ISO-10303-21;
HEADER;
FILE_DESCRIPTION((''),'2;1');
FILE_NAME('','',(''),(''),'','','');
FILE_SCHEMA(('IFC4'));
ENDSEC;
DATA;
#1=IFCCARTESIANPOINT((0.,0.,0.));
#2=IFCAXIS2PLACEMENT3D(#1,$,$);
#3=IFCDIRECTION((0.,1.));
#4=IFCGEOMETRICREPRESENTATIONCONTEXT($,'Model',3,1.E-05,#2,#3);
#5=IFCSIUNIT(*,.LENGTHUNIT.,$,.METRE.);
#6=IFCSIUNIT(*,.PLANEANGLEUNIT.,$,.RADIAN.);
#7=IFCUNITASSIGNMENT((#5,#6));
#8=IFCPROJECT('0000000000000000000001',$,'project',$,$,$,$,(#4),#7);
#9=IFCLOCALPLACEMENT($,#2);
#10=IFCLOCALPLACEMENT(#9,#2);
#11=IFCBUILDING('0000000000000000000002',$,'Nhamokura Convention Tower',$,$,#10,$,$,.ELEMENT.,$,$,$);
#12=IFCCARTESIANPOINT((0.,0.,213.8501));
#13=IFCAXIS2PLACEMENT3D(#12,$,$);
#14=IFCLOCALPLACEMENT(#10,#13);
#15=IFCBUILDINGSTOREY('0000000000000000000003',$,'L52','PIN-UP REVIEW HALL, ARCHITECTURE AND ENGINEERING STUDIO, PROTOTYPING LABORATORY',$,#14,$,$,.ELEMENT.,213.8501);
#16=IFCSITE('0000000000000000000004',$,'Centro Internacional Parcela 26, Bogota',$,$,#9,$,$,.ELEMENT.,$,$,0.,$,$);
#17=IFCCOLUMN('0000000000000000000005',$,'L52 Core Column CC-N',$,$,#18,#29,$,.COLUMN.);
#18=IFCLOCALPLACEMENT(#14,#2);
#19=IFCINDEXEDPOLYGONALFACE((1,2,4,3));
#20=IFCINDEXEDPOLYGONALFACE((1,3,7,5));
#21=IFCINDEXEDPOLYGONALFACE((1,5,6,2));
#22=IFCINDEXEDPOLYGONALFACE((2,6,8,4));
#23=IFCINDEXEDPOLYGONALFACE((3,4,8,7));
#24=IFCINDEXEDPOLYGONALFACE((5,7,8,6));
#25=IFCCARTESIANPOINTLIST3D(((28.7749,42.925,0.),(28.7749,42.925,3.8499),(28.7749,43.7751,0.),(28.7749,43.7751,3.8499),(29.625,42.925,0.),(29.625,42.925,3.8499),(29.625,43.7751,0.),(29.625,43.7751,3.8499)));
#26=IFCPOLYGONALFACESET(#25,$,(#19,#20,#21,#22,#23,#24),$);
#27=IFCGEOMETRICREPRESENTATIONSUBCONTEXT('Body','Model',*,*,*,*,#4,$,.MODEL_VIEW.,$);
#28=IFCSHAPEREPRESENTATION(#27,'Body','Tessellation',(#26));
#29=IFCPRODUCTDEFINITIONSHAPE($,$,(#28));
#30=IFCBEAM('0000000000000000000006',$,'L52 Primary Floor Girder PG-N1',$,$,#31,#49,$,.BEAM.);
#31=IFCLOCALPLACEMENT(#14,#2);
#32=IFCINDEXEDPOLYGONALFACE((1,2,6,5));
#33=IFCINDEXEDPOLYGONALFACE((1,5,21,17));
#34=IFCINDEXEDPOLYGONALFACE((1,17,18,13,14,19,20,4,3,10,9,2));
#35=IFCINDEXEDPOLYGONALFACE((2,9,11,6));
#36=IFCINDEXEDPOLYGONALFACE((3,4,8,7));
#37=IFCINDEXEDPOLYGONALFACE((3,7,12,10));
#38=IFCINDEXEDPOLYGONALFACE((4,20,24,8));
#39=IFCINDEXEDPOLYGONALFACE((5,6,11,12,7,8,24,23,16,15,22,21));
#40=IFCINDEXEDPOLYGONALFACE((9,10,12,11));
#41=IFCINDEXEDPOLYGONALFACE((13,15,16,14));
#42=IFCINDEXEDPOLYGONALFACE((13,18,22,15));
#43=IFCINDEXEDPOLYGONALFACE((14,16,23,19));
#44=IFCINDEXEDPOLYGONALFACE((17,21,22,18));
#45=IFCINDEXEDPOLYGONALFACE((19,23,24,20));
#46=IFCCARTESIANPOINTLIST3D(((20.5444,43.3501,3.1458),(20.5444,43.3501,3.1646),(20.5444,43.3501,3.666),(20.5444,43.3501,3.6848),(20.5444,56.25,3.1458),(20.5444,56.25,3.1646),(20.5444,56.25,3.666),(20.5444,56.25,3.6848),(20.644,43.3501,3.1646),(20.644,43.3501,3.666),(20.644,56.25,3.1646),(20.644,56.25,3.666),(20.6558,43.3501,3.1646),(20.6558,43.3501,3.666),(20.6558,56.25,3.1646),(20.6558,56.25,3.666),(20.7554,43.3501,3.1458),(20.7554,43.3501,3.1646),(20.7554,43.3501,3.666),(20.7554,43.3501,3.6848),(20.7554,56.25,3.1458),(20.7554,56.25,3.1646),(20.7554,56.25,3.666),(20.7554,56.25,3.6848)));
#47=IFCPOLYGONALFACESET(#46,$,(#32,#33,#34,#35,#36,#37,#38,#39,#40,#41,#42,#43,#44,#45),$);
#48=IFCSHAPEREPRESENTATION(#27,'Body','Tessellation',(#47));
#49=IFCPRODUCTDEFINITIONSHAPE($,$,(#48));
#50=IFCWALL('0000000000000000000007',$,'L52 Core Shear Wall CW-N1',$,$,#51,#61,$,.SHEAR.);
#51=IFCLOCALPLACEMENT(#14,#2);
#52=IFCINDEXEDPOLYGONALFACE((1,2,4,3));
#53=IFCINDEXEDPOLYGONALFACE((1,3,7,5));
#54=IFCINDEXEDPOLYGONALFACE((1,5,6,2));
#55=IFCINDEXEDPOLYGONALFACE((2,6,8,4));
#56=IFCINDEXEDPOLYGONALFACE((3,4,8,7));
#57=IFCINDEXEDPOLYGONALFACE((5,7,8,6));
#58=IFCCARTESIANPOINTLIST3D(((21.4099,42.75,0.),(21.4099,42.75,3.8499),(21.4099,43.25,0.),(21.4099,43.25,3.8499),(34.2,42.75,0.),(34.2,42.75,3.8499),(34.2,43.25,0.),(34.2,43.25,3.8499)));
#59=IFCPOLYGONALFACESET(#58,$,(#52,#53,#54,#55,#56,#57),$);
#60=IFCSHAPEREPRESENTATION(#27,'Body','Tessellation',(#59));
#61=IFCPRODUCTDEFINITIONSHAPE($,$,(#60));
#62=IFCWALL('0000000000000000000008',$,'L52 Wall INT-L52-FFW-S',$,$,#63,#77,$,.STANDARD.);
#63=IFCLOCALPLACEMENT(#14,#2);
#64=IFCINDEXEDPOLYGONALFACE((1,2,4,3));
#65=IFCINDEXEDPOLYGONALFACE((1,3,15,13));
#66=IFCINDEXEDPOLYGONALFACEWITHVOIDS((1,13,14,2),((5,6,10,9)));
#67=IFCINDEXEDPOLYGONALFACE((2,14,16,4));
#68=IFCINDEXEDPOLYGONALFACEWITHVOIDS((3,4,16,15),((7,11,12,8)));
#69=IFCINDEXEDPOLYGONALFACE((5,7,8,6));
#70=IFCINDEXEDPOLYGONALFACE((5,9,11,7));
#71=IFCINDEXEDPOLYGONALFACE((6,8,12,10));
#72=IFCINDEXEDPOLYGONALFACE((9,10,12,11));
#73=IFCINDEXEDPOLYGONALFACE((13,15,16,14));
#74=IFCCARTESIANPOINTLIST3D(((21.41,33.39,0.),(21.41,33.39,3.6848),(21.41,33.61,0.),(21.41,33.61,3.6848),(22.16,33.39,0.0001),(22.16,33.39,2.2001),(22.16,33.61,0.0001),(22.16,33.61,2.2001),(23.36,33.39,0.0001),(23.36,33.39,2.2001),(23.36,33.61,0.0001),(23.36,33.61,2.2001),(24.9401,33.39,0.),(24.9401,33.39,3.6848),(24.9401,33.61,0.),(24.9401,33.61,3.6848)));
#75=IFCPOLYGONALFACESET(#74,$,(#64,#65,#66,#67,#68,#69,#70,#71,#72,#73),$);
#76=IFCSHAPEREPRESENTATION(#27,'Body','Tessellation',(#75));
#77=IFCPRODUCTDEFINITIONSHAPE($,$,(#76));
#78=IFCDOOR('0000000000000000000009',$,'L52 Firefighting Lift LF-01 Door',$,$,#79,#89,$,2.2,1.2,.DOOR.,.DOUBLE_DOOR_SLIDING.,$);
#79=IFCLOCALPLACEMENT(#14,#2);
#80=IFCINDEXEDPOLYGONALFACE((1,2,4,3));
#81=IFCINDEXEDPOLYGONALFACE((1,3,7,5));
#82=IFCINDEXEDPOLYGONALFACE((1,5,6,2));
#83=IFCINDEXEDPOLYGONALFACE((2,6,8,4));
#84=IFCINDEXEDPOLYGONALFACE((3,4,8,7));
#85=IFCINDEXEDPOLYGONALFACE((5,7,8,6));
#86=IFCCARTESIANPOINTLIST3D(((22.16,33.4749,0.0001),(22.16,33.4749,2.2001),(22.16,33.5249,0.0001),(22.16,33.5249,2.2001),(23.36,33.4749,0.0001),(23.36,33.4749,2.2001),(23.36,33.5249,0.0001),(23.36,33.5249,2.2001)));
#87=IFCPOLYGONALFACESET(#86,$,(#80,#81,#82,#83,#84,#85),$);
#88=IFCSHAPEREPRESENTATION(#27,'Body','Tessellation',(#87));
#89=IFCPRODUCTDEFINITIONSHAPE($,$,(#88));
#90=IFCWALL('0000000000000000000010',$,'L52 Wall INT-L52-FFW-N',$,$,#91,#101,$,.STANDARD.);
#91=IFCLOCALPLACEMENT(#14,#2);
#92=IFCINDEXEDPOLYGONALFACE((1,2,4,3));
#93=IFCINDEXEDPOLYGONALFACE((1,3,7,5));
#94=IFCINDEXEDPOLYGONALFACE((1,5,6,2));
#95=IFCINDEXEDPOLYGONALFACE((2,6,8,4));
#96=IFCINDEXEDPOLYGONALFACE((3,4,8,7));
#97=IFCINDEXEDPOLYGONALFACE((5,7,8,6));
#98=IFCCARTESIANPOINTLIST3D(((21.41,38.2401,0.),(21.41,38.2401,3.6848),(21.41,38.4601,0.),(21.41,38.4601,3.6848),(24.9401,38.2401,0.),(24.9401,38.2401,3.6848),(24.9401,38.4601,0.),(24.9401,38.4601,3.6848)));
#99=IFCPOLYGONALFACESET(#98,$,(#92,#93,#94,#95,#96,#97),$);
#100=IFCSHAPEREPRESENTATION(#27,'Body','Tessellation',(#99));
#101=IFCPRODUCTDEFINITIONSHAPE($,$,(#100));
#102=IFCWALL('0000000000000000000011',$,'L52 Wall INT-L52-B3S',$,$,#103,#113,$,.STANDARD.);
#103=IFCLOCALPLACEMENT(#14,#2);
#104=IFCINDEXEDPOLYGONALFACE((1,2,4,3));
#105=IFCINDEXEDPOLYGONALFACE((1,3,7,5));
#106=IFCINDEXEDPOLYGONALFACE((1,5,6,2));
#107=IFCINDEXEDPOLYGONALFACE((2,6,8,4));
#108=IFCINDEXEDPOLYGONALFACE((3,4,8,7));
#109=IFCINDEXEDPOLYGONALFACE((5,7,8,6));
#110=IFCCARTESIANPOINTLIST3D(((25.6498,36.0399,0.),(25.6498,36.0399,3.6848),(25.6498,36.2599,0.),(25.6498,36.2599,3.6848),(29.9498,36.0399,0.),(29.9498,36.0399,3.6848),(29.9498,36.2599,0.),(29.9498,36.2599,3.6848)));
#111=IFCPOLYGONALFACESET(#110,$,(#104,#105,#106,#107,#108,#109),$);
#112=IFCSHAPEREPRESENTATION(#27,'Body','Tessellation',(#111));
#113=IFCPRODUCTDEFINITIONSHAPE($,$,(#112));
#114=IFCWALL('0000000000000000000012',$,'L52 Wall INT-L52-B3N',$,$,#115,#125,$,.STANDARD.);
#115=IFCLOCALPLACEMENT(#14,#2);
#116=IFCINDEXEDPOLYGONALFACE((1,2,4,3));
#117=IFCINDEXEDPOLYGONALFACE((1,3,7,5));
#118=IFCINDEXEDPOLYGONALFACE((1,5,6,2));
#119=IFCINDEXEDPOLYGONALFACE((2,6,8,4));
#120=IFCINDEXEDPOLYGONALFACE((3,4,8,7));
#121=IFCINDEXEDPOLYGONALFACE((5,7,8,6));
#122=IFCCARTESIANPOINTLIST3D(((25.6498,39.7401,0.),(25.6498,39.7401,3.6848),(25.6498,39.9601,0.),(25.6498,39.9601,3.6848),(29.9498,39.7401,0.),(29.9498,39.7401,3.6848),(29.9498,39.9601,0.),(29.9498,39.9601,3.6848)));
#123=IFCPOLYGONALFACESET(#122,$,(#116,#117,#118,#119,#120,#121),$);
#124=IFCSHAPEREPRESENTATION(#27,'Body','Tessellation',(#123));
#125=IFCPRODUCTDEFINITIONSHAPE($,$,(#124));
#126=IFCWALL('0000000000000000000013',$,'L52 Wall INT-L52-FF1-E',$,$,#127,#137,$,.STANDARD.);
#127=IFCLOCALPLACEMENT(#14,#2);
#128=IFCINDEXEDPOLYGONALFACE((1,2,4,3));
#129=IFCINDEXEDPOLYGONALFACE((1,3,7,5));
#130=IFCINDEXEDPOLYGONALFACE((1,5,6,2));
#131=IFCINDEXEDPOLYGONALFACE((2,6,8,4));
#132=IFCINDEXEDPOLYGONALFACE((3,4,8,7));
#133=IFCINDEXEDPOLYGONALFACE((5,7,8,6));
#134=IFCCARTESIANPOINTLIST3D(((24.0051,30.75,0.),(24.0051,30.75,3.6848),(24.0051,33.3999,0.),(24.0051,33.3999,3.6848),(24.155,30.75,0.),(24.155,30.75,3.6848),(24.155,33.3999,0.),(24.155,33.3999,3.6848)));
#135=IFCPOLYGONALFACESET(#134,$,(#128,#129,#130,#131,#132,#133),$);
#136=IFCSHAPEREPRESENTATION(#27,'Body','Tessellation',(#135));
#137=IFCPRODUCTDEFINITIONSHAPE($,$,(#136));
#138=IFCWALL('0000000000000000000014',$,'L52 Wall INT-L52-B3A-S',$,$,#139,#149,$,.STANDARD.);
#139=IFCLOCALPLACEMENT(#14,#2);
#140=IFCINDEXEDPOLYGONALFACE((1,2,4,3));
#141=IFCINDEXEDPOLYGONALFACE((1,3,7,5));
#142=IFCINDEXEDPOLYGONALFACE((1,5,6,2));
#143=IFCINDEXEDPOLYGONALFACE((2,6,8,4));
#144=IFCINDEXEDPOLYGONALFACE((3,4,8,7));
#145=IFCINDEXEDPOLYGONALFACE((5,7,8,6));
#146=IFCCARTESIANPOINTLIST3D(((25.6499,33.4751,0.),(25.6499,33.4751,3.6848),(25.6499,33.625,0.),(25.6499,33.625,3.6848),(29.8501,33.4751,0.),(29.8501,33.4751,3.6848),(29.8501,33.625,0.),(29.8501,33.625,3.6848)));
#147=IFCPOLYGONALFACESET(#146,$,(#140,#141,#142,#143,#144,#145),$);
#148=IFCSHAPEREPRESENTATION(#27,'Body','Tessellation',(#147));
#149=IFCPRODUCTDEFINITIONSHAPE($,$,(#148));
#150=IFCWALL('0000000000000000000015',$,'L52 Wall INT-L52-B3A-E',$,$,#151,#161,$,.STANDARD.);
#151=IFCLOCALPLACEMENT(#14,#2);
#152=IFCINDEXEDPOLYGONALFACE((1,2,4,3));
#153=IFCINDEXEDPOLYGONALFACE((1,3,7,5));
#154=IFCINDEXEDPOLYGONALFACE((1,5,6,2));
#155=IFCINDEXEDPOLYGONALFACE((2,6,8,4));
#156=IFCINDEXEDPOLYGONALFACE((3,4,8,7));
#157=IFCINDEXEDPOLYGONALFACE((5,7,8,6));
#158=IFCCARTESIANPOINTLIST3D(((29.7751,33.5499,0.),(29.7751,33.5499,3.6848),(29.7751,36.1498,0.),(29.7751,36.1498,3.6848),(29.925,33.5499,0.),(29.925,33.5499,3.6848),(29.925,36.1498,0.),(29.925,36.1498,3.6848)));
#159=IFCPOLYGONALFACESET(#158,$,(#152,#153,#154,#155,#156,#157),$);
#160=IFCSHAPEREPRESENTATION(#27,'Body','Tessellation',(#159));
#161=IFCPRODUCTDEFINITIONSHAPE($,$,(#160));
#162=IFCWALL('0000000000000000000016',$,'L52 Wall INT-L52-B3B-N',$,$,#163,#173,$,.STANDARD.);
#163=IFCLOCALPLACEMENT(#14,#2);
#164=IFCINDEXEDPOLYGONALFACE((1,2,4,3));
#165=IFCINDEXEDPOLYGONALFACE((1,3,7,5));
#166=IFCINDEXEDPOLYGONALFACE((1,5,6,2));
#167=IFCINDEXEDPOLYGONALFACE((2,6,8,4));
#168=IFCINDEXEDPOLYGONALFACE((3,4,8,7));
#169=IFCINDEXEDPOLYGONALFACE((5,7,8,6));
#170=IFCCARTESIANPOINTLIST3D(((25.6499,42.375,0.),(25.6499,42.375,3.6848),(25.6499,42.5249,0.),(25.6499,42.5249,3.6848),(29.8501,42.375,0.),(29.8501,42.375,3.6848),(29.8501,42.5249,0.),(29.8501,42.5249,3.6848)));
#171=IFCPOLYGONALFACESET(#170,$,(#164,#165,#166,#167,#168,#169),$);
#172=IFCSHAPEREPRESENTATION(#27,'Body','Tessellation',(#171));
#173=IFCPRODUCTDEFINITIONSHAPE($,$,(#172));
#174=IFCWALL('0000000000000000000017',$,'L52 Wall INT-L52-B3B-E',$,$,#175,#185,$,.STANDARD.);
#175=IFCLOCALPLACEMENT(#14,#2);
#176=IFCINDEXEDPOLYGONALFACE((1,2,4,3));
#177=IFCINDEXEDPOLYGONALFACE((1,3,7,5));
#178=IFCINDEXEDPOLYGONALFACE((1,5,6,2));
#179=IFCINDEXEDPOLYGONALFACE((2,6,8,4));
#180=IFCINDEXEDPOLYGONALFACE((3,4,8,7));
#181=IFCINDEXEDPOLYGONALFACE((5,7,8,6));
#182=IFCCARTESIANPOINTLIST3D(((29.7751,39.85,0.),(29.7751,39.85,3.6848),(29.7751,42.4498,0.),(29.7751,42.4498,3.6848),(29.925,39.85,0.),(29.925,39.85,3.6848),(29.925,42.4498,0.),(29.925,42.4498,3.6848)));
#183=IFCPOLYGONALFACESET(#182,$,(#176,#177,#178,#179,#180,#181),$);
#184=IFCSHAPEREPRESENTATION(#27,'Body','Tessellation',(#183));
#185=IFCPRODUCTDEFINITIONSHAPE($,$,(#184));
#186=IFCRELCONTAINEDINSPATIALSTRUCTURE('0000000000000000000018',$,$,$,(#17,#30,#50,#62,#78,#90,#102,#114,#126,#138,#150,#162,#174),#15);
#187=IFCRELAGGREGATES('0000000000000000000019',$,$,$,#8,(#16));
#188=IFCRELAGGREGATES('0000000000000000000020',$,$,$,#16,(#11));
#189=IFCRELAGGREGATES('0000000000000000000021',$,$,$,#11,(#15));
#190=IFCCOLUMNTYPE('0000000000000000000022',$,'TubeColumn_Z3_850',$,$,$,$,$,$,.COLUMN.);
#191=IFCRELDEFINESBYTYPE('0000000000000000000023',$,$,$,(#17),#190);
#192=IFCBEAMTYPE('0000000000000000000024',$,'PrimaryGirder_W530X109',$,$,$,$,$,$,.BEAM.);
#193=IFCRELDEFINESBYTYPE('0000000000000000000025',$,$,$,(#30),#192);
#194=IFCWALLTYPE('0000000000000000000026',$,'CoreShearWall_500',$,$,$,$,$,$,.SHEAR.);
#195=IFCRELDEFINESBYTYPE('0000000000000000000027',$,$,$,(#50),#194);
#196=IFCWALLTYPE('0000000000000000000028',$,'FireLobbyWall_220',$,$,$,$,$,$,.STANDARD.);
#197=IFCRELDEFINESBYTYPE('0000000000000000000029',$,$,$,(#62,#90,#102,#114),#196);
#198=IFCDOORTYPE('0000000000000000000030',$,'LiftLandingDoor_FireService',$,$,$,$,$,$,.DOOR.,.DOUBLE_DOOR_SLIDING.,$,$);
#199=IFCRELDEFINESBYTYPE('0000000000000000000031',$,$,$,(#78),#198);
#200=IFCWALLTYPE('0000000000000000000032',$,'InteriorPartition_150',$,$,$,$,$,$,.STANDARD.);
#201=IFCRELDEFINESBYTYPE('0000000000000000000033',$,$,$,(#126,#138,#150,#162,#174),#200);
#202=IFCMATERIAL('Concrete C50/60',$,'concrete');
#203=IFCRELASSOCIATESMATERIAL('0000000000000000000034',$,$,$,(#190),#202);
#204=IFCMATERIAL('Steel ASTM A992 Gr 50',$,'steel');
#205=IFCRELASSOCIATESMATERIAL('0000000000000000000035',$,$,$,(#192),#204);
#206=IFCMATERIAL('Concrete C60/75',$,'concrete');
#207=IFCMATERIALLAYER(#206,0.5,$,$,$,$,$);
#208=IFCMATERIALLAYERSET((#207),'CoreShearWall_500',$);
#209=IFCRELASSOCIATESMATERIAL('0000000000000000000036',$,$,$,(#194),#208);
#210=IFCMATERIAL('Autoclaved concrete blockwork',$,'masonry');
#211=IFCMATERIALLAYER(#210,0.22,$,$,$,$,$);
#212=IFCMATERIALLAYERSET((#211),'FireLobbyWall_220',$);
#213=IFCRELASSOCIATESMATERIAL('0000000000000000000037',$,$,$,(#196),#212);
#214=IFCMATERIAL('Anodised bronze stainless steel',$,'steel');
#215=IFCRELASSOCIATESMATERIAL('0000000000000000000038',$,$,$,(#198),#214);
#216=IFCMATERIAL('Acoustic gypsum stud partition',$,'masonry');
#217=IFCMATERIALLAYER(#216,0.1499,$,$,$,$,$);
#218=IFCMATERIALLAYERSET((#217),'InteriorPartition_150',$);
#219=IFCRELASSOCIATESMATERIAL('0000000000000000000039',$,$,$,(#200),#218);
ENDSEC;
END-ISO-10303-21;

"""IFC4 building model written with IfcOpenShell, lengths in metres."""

from ifc_helpers import new_model, si_unit, direction, frame, frame_2d, origin, origin_2d, place, context, subcontext, project, spatial, rectangle, i_section, extrude, material, layer, layer_set, material_profile, profile_set, type_object, element, fill, save


model = new_model("IFC4")

# Units and contexts
model_context = context("Model", 3, precision=1e-05, world=origin(), true_north=direction((0.0, 1.0)))
body_context = subcontext(model_context, "Body", "Model", "MODEL_VIEW")
ifc_project = project(units=[si_unit("LENGTHUNIT", "METRE"), si_unit("PLANEANGLEUNIT", "RADIAN")], contexts=[model_context])

# Site, building, storey
site_placement = place(None, origin())
site = spatial("IfcSite", under=ifc_project, at=site_placement, Name="Centro Internacional Parcela 26, Bogota", CompositionType="ELEMENT", RefElevation=0.0)
building_placement = place(site_placement, origin())
building = spatial("IfcBuilding", under=site, at=building_placement, Name="Nhamokura Convention Tower", CompositionType="ELEMENT")
storey_placement = place(building_placement, frame((0.0, 0.0, 213.8501)))
storey = spatial("IfcBuildingStorey", under=building, at=storey_placement, Name="L52", Description="PIN-UP REVIEW HALL, ARCHITECTURE AND ENGINEERING STUDIO, PROTOTYPING LABORATORY", CompositionType="ELEMENT", Elevation=213.8501)

# Column
ifc_material_1 = material(Name="Concrete C50/60", Category="concrete")
ifc_material_profile_1 = material_profile(ifc_material_1, rectangle(XDim=0.8501, YDim=0.8501, at=origin_2d()))
ifc_profile_set_1 = profile_set([ifc_material_profile_1], Name="Concrete C50/60")
column_type = type_object("IfcColumnType", Name="TubeColumn_Z3_850", PredefinedType="COLUMN", material=ifc_profile_set_1)
column_placement = place(storey_placement, frame((29.2, 43.3501, 0.0), z_axis=(0.0, 0.0, 1.0), x_axis=(1.0, 0.0, 0.0)))
element("IfcColumn", 1, at=column_placement, inside=storey, type_object=column_type, Name="L52 Core Column CC-N", PredefinedType="COLUMN", context=body_context, shape_type="SweptSolid", body=[
    extrude(rectangle(XDim=0.8501, YDim=0.8501, at=origin_2d()), origin(), (0.0, 0.0, 1.0), 3.8499),
])

# Beam
ifc_material_2 = material(Name="Steel ASTM A992 Gr 50", Category="steel")
ifc_material_profile_2 = material_profile(ifc_material_2, i_section(OverallWidth=0.2109, OverallDepth=0.5391, WebThickness=0.0117, FlangeThickness=0.0188, at=origin_2d()))
ifc_profile_set_2 = profile_set([ifc_material_profile_2], Name="Steel ASTM A992 Gr 50")
beam_type = type_object("IfcBeamType", Name="PrimaryGirder_W530X109", PredefinedType="BEAM", material=ifc_profile_set_2)
beam_placement = place(storey_placement, frame((20.6499, 43.3501, 3.4153), z_axis=(0.0, 1.0, 0.0), x_axis=(-1.0, 0.0, 0.0)))
element("IfcBeam", 2, at=beam_placement, inside=storey, type_object=beam_type, Name="L52 Primary Floor Girder PG-N1", PredefinedType="BEAM", context=body_context, shape_type="SweptSolid", body=[
    extrude(i_section(OverallWidth=0.2109, OverallDepth=0.5391, WebThickness=0.0117, FlangeThickness=0.0188, at=origin_2d()), origin(), (0.0, 0.0, 1.0), 12.8999),
])

# Wall
ifc_material_3 = material(Name="Concrete C60/75", Category="concrete")
ifc_layer_1 = layer(ifc_material_3, 0.5)
ifc_layer_set_1 = layer_set([ifc_layer_1], Name="CoreShearWall_500")
wall_type_1 = type_object("IfcWallType", Name="CoreShearWall_500", PredefinedType="SHEAR", material=ifc_layer_set_1)
wall_1_placement = place(storey_placement, frame((21.4099, 43.0, 0.0), z_axis=(0.0, 0.0, 1.0), x_axis=(1.0, 0.0, 0.0)))
element("IfcWall", 3, at=wall_1_placement, inside=storey, type_object=wall_type_1, Name="L52 Core Shear Wall CW-N1", PredefinedType="SHEAR", context=body_context, shape_type="SweptSolid", body=[
    extrude(rectangle(XDim=12.79, YDim=0.5, at=frame_2d((6.395, 0.0))), origin(), (0.0, 0.0, 1.0), 3.8499),
])

# Wall, opening, door
ifc_material_4 = material(Name="Autoclaved concrete blockwork", Category="masonry")
ifc_layer_2 = layer(ifc_material_4, 0.22)
ifc_layer_set_2 = layer_set([ifc_layer_2], Name="FireLobbyWall_220")
wall_type_2 = type_object("IfcWallType", Name="FireLobbyWall_220", PredefinedType="STANDARD", material=ifc_layer_set_2)
wall_2_placement = place(storey_placement, frame((21.4099, 33.5, 0.0), z_axis=(0.0, 0.0, 1.0), x_axis=(1.0, 0.0, 0.0)))
wall_2 = element("IfcWall", 4, at=wall_2_placement, inside=storey, type_object=wall_type_2, Name="L52 Wall INT-L52-FFW-S", PredefinedType="STANDARD", context=body_context, shape_type="SweptSolid", body=[
    extrude(rectangle(XDim=3.53, YDim=0.22, at=frame_2d((1.7651, 0.0))), origin(), (0.0, 0.0, 1.0), 3.6848),
])
opening_1_placement = place(wall_2_placement, frame((0.75, 0.0, 0.0)))
opening_1 = element("IfcOpeningElement", 5, at=opening_1_placement, cuts=wall_2, PredefinedType="OPENING", context=body_context, shape_type="SweptSolid", body=[
    extrude(rectangle(XDim=1.2, YDim=2.2, at=frame_2d((0.6001, 1.1001))), frame((0.0, 0.1199, 0.0), z_axis=(0.0, -1.0, 0.0), x_axis=(1.0, 0.0, 0.0)), (0.0, 0.0, 1.0), 0.24),
])
ifc_material_5 = material(Name="Anodised bronze stainless steel", Category="steel")
door_type_1 = type_object("IfcDoorType", Name="LiftLandingDoor_FireService", OperationType="DOUBLE_DOOR_SLIDING", PredefinedType="DOOR", material=ifc_material_5)
door_1_placement = place(opening_1_placement, origin())
door_1 = element("IfcDoor", 6, at=door_1_placement, inside=storey, type_object=door_type_1, Name="L52 Firefighting Lift LF-01 Door", OperationType="DOUBLE_DOOR_SLIDING", OverallHeight=2.2, OverallWidth=1.2, PredefinedType="DOOR", context=body_context, shape_type="SweptSolid", body=[
    extrude(rectangle(XDim=1.2, YDim=2.2, at=frame_2d((0.6001, 1.1001))), frame((0.0, 0.0249, 0.0), z_axis=(0.0, -1.0, 0.0), x_axis=(1.0, 0.0, 0.0)), (0.0, 0.0, 1.0), 0.05),
])
fill(opening_1, door_1)

# Walls
wall_3_placement = place(storey_placement, frame((21.4099, 38.3501, 0.0), z_axis=(0.0, 0.0, 1.0), x_axis=(1.0, 0.0, 0.0)))
element("IfcWall", 7, at=wall_3_placement, inside=storey, type_object=wall_type_2, Name="L52 Wall INT-L52-FFW-N", PredefinedType="STANDARD", context=body_context, shape_type="SweptSolid", body=[
    extrude(rectangle(XDim=3.53, YDim=0.22, at=frame_2d((1.7651, 0.0))), origin(), (0.0, 0.0, 1.0), 3.6848),
])
for number, where, z_axis, x_axis, name in (
    (8, (25.6499, 36.1499, 0.0), (0.0, 0.0, 1.0), (1.0, 0.0, 0.0), "L52 Wall INT-L52-B3S"),
    (9, (25.6499, 39.8501, 0.0), (0.0, 0.0, 1.0), (1.0, 0.0, 0.0), "L52 Wall INT-L52-B3N"),
):
    element("IfcWall", number, at=place(storey_placement, frame(where, z_axis=z_axis, x_axis=x_axis)), inside=storey, type_object=wall_type_2, Name=name, PredefinedType="STANDARD", context=body_context, shape_type="SweptSolid", body=[
        extrude(rectangle(XDim=4.3, YDim=0.22, at=frame_2d((2.1499, 0.0))), origin(), (0.0, 0.0, 1.0), 3.6848),
    ])
ifc_material_6 = material(Name="Acoustic gypsum stud partition", Category="masonry")
ifc_layer_3 = layer(ifc_material_6, 0.1499)
ifc_layer_set_3 = layer_set([ifc_layer_3], Name="InteriorPartition_150")
wall_type_3 = type_object("IfcWallType", Name="InteriorPartition_150", PredefinedType="STANDARD", material=ifc_layer_set_3)
wall_4_placement = place(storey_placement, frame((24.0801, 30.75, 0.0), z_axis=(0.0, 0.0, 1.0), x_axis=(0.0, 1.0, 0.0)))
element("IfcWall", 10, at=wall_4_placement, inside=storey, type_object=wall_type_3, Name="L52 Wall INT-L52-FF1-E", PredefinedType="STANDARD", context=body_context, shape_type="SweptSolid", body=[
    extrude(rectangle(XDim=2.6499, YDim=0.1499, at=frame_2d((1.325, 0.0))), origin(), (0.0, 0.0, 1.0), 3.6848),
])
wall_5_placement = place(storey_placement, frame((25.6499, 33.55, 0.0), z_axis=(0.0, 0.0, 1.0), x_axis=(1.0, 0.0, 0.0)))
element("IfcWall", 11, at=wall_5_placement, inside=storey, type_object=wall_type_3, Name="L52 Wall INT-L52-B3A-S", PredefinedType="STANDARD", context=body_context, shape_type="SweptSolid", body=[
    extrude(rectangle(XDim=4.2002, YDim=0.1499, at=frame_2d((2.1001, 0.0))), origin(), (0.0, 0.0, 1.0), 3.6848),
])
wall_6_placement = place(storey_placement, frame((29.8501, 33.55, 0.0), z_axis=(0.0, 0.0, 1.0), x_axis=(0.0, 1.0, 0.0)))
element("IfcWall", 12, at=wall_6_placement, inside=storey, type_object=wall_type_3, Name="L52 Wall INT-L52-B3A-E", PredefinedType="STANDARD", context=body_context, shape_type="SweptSolid", body=[
    extrude(rectangle(XDim=2.5999, YDim=0.1499, at=frame_2d((1.2998, 0.0))), origin(), (0.0, 0.0, 1.0), 3.6848),
])
wall_7_placement = place(storey_placement, frame((25.6499, 42.45, 0.0), z_axis=(0.0, 0.0, 1.0), x_axis=(1.0, 0.0, 0.0)))
element("IfcWall", 13, at=wall_7_placement, inside=storey, type_object=wall_type_3, Name="L52 Wall INT-L52-B3B-N", PredefinedType="STANDARD", context=body_context, shape_type="SweptSolid", body=[
    extrude(rectangle(XDim=4.2002, YDim=0.1499, at=frame_2d((2.1001, 0.0))), origin(), (0.0, 0.0, 1.0), 3.6848),
])
wall_8_placement = place(storey_placement, frame((29.8501, 39.8501, 0.0), z_axis=(0.0, 0.0, 1.0), x_axis=(0.0, 1.0, 0.0)))
element("IfcWall", 14, at=wall_8_placement, inside=storey, type_object=wall_type_3, Name="L52 Wall INT-L52-B3B-E", PredefinedType="STANDARD", context=body_context, shape_type="SweptSolid", body=[
    extrude(rectangle(XDim=2.5999, YDim=0.1499, at=frame_2d((1.2998, 0.0))), origin(), (0.0, 0.0, 1.0), 3.6848),
])

save(model, "model.ifc")
